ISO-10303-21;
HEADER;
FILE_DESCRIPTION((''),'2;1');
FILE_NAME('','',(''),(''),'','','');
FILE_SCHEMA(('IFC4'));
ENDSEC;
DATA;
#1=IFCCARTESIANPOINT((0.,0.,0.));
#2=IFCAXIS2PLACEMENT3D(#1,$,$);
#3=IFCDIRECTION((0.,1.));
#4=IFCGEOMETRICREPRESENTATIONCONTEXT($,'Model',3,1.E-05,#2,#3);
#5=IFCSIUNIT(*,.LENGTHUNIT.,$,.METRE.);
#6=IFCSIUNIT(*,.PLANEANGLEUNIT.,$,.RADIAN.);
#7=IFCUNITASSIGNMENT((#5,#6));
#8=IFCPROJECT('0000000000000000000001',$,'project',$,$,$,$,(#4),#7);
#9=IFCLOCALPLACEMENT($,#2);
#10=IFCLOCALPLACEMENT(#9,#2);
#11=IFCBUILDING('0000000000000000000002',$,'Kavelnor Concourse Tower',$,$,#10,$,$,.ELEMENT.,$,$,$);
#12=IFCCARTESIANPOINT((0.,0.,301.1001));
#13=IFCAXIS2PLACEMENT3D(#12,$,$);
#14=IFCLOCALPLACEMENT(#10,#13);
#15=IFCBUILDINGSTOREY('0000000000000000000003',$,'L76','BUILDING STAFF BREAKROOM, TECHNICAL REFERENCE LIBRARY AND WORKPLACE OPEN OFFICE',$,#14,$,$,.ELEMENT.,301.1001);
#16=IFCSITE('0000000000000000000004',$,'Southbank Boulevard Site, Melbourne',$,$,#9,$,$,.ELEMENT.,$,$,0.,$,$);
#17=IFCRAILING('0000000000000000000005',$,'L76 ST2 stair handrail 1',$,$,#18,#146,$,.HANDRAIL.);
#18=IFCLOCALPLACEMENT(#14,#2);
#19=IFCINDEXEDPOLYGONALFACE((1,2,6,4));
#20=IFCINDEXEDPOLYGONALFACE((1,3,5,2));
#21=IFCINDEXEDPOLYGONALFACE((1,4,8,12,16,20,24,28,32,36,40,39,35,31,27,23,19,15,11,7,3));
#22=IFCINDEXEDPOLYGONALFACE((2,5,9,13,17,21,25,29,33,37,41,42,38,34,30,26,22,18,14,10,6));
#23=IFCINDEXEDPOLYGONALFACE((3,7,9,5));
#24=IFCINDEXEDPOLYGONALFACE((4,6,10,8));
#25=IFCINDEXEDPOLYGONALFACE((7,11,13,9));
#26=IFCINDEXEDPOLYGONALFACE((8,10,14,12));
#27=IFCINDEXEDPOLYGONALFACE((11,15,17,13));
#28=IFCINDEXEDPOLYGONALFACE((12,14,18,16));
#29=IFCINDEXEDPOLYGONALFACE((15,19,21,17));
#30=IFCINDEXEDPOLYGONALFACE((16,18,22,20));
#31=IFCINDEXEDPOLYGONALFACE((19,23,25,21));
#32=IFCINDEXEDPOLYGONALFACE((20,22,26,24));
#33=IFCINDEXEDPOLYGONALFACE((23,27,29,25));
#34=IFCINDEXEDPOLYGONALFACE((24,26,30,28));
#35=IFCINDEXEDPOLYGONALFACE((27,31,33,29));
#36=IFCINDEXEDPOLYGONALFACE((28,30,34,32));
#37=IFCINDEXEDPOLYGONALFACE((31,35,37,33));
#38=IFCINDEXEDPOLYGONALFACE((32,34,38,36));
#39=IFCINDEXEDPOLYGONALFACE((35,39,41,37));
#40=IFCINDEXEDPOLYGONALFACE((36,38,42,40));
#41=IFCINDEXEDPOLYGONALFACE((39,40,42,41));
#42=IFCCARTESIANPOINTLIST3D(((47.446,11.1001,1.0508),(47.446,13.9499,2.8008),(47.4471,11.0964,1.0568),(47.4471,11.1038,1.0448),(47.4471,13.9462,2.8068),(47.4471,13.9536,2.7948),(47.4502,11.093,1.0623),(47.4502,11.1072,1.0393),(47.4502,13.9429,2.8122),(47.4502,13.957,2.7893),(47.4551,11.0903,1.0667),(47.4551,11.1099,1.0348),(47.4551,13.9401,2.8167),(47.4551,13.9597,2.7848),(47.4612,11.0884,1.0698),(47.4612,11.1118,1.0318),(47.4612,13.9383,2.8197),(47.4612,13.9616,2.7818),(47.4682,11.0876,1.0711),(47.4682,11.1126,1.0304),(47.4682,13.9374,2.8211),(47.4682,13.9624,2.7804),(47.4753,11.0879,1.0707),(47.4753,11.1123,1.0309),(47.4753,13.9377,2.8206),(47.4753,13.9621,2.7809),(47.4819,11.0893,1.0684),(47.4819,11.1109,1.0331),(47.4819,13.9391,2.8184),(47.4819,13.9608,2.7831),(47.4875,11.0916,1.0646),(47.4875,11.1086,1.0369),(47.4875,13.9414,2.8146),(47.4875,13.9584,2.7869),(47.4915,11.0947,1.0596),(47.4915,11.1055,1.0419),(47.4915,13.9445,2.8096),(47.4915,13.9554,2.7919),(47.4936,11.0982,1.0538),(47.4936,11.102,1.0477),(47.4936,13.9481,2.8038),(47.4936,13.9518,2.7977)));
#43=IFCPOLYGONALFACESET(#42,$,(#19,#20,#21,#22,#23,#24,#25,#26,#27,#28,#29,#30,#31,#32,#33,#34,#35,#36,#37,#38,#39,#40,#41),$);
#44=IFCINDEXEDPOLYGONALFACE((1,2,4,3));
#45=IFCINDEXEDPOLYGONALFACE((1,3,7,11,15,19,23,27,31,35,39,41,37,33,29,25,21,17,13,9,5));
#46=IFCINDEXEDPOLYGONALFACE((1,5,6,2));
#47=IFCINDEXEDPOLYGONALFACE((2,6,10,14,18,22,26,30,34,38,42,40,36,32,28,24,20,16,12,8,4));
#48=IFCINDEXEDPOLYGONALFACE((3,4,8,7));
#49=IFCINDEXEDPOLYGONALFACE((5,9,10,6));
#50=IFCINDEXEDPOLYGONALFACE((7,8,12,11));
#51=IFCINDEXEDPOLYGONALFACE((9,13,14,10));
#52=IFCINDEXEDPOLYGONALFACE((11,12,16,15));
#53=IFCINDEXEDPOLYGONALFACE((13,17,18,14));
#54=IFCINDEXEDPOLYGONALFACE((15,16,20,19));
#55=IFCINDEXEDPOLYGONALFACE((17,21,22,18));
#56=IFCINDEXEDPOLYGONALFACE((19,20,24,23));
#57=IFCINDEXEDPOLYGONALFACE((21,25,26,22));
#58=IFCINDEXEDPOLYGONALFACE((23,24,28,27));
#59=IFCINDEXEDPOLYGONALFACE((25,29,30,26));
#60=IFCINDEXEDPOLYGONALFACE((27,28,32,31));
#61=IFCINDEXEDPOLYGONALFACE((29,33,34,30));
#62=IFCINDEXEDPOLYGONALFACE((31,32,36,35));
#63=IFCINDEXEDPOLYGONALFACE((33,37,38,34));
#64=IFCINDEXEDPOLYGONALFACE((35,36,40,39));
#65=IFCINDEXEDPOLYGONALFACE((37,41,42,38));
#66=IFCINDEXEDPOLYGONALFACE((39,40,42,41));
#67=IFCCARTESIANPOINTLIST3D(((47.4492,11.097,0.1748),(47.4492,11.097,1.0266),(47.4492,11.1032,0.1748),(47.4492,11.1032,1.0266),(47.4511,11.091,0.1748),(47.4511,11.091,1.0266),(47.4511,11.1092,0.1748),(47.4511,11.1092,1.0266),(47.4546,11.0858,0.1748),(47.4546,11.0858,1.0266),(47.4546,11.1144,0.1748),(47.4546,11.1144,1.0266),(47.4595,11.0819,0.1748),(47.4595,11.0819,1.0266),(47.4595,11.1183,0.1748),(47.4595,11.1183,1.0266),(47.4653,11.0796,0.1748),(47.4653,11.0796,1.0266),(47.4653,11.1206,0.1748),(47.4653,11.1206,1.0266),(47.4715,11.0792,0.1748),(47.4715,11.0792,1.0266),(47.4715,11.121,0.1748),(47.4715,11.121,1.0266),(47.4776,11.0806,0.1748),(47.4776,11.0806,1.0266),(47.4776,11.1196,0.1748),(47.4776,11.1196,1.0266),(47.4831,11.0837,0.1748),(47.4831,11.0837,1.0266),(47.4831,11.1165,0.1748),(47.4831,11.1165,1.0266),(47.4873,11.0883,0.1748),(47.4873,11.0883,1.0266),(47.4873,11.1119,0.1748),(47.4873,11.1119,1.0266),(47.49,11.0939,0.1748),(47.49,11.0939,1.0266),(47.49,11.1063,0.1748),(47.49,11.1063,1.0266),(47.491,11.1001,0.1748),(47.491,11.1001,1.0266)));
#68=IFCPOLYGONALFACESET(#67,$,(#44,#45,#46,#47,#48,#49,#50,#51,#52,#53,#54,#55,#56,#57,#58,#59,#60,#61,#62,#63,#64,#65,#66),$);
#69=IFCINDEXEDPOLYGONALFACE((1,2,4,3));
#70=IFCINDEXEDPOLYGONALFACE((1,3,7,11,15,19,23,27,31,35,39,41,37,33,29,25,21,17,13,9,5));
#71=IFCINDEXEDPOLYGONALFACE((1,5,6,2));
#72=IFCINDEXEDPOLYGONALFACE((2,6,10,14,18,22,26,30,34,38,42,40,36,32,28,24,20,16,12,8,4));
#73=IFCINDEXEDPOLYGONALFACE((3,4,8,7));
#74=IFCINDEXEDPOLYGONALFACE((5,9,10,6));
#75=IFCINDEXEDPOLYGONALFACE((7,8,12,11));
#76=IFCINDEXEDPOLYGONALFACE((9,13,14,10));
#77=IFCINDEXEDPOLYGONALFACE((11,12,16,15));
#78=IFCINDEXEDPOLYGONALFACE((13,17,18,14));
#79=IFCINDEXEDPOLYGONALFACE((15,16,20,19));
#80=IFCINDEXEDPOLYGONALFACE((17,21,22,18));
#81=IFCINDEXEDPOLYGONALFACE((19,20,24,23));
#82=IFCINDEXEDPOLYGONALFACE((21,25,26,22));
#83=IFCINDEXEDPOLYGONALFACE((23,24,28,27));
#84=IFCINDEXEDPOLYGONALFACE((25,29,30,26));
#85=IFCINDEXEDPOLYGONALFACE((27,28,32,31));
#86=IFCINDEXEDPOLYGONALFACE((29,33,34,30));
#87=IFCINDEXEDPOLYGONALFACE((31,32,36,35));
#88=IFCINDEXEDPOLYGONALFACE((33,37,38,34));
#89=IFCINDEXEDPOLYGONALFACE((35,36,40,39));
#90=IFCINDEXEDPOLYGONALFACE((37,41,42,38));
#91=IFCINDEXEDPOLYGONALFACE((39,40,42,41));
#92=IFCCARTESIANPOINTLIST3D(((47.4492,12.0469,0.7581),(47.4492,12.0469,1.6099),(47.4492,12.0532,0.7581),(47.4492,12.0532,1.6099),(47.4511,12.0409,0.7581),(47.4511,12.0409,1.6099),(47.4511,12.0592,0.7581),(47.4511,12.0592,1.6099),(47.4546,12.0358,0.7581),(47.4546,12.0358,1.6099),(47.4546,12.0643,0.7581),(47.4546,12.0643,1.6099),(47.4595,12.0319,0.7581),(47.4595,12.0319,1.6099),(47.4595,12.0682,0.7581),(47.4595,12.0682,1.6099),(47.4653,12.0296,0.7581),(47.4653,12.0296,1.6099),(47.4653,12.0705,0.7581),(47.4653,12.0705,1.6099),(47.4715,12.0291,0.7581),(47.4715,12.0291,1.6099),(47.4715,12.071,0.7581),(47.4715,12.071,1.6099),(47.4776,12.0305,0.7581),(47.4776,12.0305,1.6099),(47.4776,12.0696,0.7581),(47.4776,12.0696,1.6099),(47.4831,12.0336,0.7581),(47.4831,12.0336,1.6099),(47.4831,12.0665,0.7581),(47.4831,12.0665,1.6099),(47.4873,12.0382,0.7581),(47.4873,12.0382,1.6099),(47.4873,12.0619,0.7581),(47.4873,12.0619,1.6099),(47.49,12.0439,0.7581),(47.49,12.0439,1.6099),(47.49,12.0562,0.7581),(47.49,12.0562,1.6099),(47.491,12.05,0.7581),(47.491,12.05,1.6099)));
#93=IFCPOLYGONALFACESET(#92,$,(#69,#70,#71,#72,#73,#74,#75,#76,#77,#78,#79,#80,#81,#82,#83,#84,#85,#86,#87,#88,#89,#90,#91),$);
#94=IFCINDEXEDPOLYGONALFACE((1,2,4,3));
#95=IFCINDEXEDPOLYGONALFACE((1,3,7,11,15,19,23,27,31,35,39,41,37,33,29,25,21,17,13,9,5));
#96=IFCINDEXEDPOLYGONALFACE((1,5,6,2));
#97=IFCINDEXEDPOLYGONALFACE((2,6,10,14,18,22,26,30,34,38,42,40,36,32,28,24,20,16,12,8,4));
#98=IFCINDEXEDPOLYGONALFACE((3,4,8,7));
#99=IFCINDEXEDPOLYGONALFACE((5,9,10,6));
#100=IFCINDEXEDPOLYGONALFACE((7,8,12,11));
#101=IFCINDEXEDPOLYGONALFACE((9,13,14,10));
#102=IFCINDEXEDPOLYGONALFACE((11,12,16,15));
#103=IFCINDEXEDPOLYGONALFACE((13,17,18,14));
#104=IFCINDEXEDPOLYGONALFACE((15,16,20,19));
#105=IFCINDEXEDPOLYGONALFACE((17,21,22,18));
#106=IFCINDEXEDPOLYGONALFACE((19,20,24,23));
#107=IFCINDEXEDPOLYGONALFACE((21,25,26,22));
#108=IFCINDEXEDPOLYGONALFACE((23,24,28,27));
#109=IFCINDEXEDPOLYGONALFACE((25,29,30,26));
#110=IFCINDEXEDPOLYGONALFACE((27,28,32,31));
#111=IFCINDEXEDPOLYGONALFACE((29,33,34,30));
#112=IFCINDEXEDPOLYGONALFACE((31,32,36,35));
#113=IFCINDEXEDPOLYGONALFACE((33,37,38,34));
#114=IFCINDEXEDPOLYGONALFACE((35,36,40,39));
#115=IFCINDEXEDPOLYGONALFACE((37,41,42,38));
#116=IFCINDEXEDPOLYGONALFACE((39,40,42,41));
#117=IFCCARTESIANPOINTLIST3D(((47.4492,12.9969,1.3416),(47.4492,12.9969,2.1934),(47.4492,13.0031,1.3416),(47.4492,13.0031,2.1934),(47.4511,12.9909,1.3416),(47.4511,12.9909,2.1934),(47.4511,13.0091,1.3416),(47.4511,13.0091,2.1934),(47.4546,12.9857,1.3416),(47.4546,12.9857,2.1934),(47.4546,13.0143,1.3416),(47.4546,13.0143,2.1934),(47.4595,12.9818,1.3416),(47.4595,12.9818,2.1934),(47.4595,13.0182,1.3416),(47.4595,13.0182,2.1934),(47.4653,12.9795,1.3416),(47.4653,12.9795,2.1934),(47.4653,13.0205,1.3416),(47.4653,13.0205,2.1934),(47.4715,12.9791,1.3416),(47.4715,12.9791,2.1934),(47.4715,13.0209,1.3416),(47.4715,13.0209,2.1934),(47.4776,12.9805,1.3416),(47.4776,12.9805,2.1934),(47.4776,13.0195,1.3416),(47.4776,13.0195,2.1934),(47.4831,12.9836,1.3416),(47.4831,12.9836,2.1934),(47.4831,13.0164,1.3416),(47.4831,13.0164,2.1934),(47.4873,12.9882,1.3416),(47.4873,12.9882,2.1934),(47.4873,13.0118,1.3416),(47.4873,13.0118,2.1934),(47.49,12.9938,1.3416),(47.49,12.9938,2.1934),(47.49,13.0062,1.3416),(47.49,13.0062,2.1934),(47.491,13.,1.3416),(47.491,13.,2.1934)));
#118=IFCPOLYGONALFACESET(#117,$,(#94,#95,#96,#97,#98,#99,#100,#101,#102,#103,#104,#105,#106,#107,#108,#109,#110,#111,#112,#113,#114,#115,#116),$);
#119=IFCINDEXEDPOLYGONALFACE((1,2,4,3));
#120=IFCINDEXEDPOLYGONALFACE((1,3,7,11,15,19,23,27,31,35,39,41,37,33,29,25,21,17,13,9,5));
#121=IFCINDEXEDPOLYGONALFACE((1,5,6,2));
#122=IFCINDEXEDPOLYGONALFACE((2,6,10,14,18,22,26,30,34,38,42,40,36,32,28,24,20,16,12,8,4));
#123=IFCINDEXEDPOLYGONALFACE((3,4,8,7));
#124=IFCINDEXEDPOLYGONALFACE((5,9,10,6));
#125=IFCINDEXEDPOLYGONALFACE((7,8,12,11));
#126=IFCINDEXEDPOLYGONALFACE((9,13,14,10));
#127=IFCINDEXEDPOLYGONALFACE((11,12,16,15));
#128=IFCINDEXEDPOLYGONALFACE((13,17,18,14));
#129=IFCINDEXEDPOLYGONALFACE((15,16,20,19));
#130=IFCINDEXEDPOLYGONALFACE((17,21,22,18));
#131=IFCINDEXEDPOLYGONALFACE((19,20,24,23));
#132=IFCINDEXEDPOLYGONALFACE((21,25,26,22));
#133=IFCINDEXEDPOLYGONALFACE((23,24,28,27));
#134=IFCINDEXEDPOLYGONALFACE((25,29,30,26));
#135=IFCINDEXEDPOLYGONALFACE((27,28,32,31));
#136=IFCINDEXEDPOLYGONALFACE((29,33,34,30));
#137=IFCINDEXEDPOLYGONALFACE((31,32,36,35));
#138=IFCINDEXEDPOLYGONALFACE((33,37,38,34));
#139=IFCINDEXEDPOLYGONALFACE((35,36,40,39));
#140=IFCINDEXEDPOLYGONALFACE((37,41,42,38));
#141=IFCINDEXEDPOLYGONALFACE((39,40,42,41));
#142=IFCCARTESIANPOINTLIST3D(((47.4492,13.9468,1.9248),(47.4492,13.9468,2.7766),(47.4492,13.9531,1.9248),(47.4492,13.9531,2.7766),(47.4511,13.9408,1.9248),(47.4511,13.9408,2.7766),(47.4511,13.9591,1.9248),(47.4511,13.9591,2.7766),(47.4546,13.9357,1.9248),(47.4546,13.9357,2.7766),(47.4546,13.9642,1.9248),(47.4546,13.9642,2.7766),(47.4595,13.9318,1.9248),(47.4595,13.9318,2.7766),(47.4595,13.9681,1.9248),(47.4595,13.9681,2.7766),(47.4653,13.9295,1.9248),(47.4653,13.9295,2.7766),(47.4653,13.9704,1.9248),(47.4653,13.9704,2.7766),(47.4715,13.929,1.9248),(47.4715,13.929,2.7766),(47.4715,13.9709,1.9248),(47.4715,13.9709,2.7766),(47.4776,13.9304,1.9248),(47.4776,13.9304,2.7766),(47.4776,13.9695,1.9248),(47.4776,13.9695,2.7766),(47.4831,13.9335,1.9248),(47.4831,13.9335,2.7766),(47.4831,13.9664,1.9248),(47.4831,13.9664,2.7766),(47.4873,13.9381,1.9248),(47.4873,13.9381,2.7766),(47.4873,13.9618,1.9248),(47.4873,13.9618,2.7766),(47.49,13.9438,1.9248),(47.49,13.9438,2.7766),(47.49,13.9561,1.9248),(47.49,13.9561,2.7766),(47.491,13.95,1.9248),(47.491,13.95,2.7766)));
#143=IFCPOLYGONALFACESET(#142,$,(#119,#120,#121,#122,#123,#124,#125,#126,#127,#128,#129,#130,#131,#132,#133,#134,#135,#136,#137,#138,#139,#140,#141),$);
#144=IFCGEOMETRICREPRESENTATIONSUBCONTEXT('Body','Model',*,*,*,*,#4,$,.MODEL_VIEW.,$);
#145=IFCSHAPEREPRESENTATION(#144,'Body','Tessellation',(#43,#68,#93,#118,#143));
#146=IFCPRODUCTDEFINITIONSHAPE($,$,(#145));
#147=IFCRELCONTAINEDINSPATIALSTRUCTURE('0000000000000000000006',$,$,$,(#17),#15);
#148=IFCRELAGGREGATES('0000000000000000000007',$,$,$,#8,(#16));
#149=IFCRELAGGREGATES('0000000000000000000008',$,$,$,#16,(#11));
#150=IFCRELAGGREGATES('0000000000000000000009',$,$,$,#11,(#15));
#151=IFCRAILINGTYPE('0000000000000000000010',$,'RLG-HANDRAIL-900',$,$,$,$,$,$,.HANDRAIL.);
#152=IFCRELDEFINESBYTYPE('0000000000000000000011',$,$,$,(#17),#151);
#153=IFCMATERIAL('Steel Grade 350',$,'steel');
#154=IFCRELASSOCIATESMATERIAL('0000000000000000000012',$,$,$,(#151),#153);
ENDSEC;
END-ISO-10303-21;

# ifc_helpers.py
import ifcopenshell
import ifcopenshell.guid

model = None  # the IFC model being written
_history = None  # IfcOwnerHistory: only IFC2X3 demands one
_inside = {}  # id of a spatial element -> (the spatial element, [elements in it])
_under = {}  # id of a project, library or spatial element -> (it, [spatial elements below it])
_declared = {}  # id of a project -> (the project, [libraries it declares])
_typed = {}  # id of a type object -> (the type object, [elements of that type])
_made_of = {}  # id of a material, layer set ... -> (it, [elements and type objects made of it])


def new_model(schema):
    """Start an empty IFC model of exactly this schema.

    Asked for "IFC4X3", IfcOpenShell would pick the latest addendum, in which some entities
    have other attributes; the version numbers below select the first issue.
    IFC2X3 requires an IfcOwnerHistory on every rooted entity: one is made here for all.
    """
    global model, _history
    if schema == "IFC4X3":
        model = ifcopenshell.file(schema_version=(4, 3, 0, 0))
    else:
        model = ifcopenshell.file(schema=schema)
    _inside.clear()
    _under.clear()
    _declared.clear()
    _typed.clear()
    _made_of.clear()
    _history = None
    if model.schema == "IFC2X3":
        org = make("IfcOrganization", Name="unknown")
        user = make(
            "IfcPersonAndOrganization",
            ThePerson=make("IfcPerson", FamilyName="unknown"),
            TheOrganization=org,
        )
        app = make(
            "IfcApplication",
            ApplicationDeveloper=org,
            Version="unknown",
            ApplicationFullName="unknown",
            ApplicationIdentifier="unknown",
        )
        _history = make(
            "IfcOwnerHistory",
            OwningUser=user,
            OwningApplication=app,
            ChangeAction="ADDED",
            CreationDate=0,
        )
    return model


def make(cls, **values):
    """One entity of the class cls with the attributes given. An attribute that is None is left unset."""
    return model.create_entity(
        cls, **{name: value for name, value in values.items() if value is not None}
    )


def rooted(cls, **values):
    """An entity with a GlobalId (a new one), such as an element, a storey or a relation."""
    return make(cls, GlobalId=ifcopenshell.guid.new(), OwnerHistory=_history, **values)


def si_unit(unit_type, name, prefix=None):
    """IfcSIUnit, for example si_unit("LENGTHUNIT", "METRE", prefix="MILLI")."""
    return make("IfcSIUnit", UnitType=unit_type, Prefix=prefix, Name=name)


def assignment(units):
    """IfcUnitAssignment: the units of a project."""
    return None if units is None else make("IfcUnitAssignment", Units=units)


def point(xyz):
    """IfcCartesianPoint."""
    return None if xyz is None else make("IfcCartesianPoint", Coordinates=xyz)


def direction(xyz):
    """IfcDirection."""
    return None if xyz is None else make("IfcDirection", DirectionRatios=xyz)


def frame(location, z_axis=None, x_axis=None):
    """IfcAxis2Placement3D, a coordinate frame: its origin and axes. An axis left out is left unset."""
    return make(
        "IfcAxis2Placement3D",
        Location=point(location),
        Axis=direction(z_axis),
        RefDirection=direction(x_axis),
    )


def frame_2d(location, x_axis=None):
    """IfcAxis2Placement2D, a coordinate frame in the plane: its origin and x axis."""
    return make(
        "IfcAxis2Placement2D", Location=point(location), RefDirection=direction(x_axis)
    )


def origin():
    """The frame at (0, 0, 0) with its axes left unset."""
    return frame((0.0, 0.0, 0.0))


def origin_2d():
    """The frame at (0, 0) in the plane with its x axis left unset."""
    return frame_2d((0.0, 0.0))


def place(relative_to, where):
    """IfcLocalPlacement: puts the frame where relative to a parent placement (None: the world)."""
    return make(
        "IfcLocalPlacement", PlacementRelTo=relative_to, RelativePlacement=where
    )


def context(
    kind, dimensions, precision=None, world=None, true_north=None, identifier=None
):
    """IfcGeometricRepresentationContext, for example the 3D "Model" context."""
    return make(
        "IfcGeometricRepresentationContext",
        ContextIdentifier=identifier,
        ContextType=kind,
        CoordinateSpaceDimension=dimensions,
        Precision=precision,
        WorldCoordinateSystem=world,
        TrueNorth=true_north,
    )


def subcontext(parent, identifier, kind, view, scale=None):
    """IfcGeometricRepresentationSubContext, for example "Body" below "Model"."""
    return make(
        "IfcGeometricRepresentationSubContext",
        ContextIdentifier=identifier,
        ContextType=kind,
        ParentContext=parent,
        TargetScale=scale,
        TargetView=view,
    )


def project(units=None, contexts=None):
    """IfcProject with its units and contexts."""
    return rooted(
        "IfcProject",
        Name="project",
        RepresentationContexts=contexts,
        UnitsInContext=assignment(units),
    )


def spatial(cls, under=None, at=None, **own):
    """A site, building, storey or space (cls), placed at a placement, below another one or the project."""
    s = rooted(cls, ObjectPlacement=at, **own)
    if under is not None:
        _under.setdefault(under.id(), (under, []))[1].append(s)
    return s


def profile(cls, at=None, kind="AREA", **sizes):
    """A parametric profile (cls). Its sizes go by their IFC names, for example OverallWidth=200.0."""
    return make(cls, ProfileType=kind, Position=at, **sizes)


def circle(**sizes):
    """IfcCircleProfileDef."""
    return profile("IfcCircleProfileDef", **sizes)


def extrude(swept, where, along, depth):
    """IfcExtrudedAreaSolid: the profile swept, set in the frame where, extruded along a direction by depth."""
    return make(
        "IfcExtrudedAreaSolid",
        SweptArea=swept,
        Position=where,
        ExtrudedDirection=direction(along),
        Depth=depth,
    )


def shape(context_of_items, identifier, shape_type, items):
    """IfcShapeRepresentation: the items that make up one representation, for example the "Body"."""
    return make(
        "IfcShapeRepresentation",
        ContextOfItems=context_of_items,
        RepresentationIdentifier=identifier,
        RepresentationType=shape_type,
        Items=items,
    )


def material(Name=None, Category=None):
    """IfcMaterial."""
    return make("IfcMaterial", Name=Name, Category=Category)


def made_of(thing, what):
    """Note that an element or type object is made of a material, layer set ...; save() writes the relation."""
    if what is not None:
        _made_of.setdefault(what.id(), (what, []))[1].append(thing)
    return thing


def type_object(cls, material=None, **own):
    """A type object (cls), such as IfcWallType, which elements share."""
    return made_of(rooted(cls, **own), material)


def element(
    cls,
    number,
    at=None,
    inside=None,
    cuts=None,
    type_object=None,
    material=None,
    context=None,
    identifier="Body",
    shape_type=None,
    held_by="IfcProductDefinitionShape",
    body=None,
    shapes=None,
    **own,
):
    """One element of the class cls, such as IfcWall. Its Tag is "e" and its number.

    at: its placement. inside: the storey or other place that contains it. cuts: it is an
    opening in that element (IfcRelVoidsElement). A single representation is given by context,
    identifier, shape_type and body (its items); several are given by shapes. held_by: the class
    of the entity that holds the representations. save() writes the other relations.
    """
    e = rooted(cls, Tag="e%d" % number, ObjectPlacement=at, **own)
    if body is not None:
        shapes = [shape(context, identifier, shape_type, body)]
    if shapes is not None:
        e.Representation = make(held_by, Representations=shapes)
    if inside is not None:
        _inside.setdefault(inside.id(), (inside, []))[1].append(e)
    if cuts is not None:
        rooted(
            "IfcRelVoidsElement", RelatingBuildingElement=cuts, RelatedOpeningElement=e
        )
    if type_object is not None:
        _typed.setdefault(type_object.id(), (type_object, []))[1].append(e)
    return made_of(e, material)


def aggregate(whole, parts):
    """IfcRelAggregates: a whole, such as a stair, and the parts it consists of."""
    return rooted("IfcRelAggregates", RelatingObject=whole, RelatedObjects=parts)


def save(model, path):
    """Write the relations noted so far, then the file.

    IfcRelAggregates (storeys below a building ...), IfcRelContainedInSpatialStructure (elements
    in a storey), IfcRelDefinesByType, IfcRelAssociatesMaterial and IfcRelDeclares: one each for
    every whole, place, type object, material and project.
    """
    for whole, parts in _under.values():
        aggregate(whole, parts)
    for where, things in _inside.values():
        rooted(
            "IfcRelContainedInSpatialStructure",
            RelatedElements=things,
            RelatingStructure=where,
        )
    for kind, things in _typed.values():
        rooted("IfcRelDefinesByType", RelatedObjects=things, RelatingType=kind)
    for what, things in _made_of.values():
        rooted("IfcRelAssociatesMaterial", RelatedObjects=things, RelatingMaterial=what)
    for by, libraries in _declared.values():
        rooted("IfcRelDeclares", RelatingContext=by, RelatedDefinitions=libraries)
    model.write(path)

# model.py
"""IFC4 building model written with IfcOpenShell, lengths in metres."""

from ifc_helpers import new_model, si_unit, direction, frame, origin, origin_2d, place, context, subcontext, project, spatial, circle, extrude, material, type_object, element, save


model = new_model("IFC4")

# Units and contexts
model_context = context("Model", 3, precision=1e-05, world=origin(), true_north=direction((0.0, 1.0)))
body_context = subcontext(model_context, "Body", "Model", "MODEL_VIEW")
ifc_project = project(units=[si_unit("LENGTHUNIT", "METRE"), si_unit("PLANEANGLEUNIT", "RADIAN")], contexts=[model_context])

# Site, building, storey
site_placement = place(None, origin())
site = spatial("IfcSite", under=ifc_project, at=site_placement, Name="Southbank Boulevard Site, Melbourne", CompositionType="ELEMENT", RefElevation=0.0)
building_placement = place(site_placement, origin())
building = spatial("IfcBuilding", under=site, at=building_placement, Name="Kavelnor Concourse Tower", CompositionType="ELEMENT")
storey_placement = place(building_placement, frame((0.0, 0.0, 301.1001)))
storey = spatial("IfcBuildingStorey", under=building, at=storey_placement, Name="L76", Description="BUILDING STAFF BREAKROOM, TECHNICAL REFERENCE LIBRARY AND WORKPLACE OPEN OFFICE", CompositionType="ELEMENT", Elevation=301.1001)

# Shared definitions
ifc_material_1 = material(Name="Steel Grade 350", Category="steel")

# Railing
railing_type_1 = type_object("IfcRailingType", Name="RLG-HANDRAIL-900", PredefinedType="HANDRAIL", material=ifc_material_1)
railing_1_placement = place(storey_placement, frame((47.47, 11.1001, 0.1748)))
element("IfcRailing", 1, at=railing_1_placement, inside=storey, type_object=railing_type_1, Name="L76 ST2 stair handrail 1", PredefinedType="HANDRAIL", context=body_context, shape_type="SweptSolid", body=[
    extrude(circle(Radius=0.0239, at=origin_2d()), frame((0.0, 0.0, 0.876), z_axis=(0.0, 0.852159, 0.523283), x_axis=(-1.0, 0.0, 0.0)), (0.0, 0.0, 1.0), 3.3442),
    extrude(circle(Radius=0.021, at=origin_2d()), origin(), (0.0, 0.0, 1.0), 0.8518),
    extrude(circle(Radius=0.021, at=origin_2d()), frame((0.0, 0.95, 0.5833)), (0.0, 0.0, 1.0), 0.8518),
    extrude(circle(Radius=0.021, at=origin_2d()), frame((0.0, 1.8999, 1.1667)), (0.0, 0.0, 1.0), 0.8518),
    extrude(circle(Radius=0.021, at=origin_2d()), frame((0.0, 2.8499, 1.75)), (0.0, 0.0, 1.0), 0.8518),
])

save(model, "model.ifc")
